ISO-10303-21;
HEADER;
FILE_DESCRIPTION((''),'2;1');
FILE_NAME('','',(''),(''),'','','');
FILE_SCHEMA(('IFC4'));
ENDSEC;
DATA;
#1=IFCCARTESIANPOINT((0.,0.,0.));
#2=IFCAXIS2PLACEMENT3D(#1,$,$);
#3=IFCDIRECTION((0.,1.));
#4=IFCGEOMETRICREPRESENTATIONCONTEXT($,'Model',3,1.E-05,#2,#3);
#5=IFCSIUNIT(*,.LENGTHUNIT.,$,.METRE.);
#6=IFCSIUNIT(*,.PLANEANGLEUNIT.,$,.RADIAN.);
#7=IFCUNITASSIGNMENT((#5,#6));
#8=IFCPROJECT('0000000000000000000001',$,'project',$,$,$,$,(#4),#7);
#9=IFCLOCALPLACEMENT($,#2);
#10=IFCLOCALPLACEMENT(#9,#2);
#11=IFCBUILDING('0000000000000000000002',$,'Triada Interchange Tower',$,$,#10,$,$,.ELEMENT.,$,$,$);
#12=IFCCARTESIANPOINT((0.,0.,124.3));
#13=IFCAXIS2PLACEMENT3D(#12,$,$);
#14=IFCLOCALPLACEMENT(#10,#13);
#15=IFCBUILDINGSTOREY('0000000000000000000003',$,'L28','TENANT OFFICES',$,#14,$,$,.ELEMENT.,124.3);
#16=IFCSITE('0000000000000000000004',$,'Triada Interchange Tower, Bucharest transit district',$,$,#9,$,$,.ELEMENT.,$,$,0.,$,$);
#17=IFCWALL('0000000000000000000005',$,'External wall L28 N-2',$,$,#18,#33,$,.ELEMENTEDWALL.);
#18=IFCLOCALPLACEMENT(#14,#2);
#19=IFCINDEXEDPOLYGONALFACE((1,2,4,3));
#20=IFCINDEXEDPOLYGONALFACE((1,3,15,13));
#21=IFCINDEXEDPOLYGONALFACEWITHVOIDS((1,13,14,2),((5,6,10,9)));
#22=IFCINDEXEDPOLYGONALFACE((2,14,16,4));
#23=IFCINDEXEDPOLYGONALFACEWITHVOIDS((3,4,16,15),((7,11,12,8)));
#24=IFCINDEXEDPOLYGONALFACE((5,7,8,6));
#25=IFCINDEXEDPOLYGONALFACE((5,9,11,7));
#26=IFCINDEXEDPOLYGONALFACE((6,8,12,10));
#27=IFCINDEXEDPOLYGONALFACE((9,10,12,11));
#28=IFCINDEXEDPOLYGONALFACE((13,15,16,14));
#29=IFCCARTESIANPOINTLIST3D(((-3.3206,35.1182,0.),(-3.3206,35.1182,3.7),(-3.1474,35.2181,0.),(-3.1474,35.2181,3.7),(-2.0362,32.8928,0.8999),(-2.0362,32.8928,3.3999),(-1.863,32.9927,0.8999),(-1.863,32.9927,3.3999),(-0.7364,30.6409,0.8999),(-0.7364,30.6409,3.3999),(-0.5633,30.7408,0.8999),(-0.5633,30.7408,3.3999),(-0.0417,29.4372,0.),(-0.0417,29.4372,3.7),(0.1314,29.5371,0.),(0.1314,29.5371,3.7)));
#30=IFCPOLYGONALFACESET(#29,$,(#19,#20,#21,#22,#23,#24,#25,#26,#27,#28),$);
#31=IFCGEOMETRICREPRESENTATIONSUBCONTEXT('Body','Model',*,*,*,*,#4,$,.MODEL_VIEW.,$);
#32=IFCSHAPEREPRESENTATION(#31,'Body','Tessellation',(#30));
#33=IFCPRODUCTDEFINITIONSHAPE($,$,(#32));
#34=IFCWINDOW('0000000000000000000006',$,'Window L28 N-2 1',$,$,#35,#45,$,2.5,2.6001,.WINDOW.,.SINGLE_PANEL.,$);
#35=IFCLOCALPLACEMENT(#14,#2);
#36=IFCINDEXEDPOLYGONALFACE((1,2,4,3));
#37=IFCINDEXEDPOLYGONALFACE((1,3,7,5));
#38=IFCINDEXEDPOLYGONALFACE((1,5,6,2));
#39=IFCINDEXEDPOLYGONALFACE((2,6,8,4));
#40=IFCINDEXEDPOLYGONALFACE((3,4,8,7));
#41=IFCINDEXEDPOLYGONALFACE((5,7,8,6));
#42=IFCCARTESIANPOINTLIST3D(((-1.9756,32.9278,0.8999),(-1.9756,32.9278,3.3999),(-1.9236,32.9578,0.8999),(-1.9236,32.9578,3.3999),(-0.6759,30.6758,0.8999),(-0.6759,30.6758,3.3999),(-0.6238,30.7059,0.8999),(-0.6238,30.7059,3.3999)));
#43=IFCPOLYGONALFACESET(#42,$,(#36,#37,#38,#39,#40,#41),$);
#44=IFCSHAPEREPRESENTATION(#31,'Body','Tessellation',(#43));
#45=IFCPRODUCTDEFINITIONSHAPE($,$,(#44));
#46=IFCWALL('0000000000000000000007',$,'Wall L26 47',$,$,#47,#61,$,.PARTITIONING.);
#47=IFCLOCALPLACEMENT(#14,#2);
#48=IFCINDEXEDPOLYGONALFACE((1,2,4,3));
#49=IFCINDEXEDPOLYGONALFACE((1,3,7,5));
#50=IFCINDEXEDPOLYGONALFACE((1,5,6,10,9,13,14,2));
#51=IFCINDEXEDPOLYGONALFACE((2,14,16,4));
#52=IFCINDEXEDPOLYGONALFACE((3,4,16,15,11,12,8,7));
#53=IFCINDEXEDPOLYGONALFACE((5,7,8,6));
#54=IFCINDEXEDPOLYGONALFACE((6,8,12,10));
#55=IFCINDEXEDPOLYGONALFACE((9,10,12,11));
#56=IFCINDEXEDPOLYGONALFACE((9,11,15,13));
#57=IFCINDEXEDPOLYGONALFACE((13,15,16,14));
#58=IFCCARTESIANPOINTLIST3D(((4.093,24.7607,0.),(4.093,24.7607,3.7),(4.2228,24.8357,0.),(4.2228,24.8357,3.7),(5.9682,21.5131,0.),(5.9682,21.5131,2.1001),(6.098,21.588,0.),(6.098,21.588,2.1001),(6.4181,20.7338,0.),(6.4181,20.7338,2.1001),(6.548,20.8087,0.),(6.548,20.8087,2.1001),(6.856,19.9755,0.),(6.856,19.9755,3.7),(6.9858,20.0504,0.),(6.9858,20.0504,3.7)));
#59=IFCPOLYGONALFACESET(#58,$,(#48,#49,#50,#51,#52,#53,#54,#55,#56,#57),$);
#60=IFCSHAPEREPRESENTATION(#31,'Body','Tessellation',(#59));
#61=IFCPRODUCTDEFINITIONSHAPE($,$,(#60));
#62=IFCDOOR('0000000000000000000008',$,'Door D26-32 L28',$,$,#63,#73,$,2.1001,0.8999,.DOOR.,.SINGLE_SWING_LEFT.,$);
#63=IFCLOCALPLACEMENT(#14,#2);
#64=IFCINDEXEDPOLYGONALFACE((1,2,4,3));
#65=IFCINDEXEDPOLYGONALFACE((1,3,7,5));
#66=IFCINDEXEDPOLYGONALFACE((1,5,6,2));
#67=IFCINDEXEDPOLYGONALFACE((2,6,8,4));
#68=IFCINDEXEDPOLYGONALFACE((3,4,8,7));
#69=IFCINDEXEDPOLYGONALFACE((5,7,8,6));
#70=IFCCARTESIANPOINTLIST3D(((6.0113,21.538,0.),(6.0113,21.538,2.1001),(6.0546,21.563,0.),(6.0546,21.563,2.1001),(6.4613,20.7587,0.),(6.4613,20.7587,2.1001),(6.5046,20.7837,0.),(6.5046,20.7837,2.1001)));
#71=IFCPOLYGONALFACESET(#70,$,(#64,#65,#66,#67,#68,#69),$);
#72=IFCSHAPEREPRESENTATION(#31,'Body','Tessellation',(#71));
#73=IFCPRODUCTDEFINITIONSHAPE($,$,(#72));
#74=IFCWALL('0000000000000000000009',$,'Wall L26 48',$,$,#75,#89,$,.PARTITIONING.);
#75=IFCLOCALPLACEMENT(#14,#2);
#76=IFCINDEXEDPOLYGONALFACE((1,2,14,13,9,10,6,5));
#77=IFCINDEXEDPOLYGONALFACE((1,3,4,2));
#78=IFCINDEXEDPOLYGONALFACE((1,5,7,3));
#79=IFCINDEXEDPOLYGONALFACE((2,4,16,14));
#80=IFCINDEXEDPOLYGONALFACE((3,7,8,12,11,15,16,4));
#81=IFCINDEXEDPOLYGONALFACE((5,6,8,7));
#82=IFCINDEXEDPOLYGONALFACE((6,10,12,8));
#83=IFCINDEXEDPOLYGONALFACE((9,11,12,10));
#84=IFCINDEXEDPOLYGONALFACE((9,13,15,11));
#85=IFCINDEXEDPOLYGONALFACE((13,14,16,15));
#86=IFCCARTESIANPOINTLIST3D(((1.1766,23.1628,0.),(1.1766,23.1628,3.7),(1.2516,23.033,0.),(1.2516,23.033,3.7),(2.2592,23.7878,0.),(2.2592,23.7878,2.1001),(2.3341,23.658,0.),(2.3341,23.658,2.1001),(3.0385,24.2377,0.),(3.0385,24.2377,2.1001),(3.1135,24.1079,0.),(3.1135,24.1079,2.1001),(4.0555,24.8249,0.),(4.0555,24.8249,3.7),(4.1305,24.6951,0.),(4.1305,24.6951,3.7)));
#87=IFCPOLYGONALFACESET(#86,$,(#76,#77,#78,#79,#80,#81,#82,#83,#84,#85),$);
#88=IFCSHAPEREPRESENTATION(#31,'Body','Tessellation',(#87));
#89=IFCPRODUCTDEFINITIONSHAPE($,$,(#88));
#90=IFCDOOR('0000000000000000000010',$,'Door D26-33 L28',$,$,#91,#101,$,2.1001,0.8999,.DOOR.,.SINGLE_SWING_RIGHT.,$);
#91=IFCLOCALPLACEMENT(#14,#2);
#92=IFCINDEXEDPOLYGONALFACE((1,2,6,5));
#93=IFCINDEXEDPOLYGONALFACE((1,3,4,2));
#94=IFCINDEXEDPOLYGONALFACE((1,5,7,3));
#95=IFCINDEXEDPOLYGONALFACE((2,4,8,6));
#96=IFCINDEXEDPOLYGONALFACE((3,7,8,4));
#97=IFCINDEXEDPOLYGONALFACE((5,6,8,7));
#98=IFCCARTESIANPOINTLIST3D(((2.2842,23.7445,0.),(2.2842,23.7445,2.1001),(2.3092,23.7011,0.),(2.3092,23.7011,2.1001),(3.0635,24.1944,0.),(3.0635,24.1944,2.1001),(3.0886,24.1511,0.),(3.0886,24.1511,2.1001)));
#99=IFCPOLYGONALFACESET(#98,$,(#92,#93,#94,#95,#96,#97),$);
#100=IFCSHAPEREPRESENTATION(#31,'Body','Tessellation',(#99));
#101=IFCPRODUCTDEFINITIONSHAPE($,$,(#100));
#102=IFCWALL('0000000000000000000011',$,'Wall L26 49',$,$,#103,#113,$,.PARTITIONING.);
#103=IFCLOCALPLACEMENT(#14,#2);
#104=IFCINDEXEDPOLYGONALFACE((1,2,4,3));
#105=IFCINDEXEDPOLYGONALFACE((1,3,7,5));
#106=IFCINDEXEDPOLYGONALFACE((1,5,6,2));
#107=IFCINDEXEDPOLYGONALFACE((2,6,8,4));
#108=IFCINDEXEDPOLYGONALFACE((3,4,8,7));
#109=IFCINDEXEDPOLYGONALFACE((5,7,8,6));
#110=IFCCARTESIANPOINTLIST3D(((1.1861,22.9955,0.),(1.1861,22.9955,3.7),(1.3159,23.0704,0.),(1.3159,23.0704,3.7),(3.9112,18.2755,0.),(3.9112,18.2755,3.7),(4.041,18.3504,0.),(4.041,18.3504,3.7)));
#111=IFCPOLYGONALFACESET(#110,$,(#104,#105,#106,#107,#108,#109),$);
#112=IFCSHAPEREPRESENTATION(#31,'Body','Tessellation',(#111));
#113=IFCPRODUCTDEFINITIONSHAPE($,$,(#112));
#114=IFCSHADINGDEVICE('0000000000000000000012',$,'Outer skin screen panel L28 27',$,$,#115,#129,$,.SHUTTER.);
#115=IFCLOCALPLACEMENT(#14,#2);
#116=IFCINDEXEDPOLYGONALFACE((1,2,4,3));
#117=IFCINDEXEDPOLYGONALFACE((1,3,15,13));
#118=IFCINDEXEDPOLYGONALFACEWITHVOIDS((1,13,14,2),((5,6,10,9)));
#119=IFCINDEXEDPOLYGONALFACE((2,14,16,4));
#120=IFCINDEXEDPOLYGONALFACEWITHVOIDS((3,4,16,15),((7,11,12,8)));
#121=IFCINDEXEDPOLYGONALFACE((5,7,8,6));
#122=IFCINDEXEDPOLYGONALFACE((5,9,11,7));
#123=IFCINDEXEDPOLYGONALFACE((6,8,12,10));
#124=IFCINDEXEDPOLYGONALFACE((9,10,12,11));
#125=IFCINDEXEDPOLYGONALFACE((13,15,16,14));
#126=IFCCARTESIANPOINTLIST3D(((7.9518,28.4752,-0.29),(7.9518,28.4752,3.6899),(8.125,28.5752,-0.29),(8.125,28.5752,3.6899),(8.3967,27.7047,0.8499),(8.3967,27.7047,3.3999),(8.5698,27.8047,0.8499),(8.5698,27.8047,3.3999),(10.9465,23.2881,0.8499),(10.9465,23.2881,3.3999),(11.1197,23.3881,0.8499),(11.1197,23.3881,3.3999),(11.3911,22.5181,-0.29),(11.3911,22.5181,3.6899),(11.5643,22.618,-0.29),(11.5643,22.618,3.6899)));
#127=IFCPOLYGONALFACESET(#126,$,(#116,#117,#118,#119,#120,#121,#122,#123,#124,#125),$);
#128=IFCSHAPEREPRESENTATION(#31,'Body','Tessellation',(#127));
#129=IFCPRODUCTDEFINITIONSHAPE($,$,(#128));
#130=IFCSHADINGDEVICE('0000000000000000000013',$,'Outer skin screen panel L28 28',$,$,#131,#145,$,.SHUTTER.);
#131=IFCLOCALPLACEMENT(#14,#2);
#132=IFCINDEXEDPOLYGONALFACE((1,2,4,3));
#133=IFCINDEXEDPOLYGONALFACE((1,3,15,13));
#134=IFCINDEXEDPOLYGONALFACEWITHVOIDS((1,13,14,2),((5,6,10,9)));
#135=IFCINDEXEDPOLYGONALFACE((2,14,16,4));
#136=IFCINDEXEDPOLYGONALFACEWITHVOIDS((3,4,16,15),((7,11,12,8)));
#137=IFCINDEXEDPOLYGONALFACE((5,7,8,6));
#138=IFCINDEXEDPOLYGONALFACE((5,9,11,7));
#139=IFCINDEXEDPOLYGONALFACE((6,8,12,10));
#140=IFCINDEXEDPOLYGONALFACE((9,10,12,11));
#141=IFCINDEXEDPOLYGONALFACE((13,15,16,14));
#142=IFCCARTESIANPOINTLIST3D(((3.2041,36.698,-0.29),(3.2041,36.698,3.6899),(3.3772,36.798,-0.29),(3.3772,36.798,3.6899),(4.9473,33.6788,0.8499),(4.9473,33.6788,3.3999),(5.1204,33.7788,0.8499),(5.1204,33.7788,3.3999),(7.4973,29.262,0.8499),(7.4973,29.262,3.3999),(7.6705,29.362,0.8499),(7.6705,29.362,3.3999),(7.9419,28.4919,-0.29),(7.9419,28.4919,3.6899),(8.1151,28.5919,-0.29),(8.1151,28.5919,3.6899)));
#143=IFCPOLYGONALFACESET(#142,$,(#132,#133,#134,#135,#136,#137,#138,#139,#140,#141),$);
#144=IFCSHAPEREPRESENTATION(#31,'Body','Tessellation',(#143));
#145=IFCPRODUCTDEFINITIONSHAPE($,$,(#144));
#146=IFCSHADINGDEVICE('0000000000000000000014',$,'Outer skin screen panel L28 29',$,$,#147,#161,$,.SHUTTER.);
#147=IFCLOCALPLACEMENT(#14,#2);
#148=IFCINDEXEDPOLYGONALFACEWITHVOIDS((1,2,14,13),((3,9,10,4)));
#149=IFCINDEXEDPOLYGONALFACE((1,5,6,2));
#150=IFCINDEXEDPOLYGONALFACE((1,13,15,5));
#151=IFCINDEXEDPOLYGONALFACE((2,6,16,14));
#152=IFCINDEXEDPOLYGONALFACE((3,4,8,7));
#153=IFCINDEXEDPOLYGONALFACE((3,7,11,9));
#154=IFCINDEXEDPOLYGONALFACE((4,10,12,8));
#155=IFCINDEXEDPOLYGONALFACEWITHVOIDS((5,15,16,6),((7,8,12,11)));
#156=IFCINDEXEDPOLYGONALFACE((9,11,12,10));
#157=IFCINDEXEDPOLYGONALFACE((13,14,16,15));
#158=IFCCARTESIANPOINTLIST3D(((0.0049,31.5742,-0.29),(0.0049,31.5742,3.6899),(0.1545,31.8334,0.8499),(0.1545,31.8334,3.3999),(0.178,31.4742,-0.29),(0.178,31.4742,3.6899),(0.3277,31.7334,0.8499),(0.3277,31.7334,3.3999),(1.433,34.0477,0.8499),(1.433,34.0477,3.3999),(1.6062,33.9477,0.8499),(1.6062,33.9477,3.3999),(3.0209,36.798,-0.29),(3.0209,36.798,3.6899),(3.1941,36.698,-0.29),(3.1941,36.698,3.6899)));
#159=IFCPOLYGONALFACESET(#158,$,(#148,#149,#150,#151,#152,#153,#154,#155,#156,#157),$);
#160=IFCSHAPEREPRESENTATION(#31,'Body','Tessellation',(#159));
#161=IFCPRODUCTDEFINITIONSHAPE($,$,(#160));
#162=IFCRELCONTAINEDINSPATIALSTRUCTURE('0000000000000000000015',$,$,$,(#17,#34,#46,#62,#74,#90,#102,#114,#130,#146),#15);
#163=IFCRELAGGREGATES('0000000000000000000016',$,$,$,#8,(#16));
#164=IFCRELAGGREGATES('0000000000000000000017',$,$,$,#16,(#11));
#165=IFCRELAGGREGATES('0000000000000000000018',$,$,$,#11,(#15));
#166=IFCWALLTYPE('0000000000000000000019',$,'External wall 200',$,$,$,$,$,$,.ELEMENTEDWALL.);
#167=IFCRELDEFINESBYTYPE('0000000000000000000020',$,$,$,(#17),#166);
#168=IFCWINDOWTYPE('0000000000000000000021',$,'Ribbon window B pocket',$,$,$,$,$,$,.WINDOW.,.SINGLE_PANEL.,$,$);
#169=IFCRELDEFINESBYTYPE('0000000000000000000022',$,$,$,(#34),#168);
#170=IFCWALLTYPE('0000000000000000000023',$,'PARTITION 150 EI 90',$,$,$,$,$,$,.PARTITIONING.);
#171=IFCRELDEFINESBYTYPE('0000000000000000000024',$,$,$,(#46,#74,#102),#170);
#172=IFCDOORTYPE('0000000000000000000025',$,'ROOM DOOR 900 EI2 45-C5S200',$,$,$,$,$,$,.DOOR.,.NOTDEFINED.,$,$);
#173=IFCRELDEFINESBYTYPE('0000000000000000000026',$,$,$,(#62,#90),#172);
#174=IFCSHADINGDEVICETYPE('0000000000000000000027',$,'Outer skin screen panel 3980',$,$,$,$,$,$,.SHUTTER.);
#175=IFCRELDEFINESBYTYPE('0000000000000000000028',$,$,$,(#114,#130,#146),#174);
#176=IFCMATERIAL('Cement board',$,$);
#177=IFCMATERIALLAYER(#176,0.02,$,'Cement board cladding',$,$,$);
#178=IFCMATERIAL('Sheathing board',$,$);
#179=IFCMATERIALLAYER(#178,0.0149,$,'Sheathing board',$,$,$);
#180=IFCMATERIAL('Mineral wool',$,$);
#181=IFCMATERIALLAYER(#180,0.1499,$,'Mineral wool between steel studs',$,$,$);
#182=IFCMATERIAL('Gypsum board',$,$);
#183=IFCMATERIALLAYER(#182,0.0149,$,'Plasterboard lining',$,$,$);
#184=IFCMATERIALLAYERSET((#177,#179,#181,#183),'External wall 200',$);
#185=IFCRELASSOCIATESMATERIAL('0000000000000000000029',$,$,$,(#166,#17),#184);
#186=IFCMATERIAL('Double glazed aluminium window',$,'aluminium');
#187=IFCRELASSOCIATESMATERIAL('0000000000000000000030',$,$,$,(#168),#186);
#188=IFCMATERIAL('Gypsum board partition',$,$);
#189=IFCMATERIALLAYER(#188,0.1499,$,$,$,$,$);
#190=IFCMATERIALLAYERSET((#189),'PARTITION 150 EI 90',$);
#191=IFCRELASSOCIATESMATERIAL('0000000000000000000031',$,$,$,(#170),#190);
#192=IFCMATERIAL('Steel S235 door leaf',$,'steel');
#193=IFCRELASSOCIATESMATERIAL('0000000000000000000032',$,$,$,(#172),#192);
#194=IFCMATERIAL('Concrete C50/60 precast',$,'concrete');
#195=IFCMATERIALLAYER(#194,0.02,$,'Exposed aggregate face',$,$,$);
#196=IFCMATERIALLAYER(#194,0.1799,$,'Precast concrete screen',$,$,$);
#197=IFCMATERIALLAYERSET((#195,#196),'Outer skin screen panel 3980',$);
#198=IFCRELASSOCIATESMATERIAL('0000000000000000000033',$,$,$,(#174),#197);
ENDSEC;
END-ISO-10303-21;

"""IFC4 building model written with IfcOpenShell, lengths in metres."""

from ifc_helpers import new_model, si_unit, direction, frame, frame_2d, origin, place, context, subcontext, project, spatial, polyline, rectangle, outline, extrude, material, layer, layer_set, layer_usage, type_object, element, fill, save


model = new_model("IFC4")

# Units and contexts
model_context = context("Model", 3, precision=1e-05, world=origin(), true_north=direction((0.0, 1.0)))
body_context = subcontext(model_context, "Body", "Model", "MODEL_VIEW")
ifc_project = project(units=[si_unit("LENGTHUNIT", "METRE"), si_unit("PLANEANGLEUNIT", "RADIAN")], contexts=[model_context])

# Site, building, storey
site_placement = place(None, origin())
site = spatial("IfcSite", under=ifc_project, at=site_placement, Name="Triada Interchange Tower, Bucharest transit district", CompositionType="ELEMENT", RefElevation=0.0)
building_placement = place(site_placement, origin())
building = spatial("IfcBuilding", under=site, at=building_placement, Name="Triada Interchange Tower", CompositionType="ELEMENT")
storey_placement = place(building_placement, frame((0.0, 0.0, 124.3)))
storey = spatial("IfcBuildingStorey", under=building, at=storey_placement, Name="L28", Description="TENANT OFFICES", CompositionType="ELEMENT", Elevation=124.3)

# Wall, opening, window
ifc_material_1 = material(Name="Cement board")
ifc_layer_1 = layer(ifc_material_1, 0.02, Name="Cement board cladding")
ifc_material_2 = material(Name="Sheathing board")
ifc_layer_2 = layer(ifc_material_2, 0.0149, Name="Sheathing board")
ifc_material_3 = material(Name="Mineral wool")
ifc_layer_3 = layer(ifc_material_3, 0.1499, Name="Mineral wool between steel studs")
ifc_material_4 = material(Name="Gypsum board")
ifc_layer_4 = layer(ifc_material_4, 0.0149, Name="Plasterboard lining")
ifc_layer_set_1 = layer_set([ifc_layer_1, ifc_layer_2, ifc_layer_3, ifc_layer_4], Name="External wall 200")
ifc_layer_usage = layer_usage(ifc_layer_set_1, "AXIS2", "POSITIVE", -0.1001)
wall_type_1 = type_object("IfcWallType", Name="External wall 200", PredefinedType="ELEMENTEDWALL", material=ifc_layer_set_1)
ifc_material_5 = material(Name="Double glazed aluminium window", Category="aluminium")
window_type = type_object("IfcWindowType", Name="Ribbon window B pocket", PartitioningType="SINGLE_PANEL", PredefinedType="WINDOW", material=ifc_material_5)
wall_1_placement = place(storey_placement, frame((0.0449, 29.4871, 0.0), z_axis=(0.0, 0.0, 1.0), x_axis=(-0.499878, 0.866096, 0.0)))
wall_1 = element("IfcWall", 1, at=wall_1_placement, inside=storey, type_object=wall_type_1, material=ifc_layer_usage, Name="External wall L28 N-2", PredefinedType="ELEMENTEDWALL", context=body_context, shape_type="SweptSolid", body=[
    extrude(rectangle(XDim=6.5593, YDim=0.2, at=frame_2d((3.2798, 0.0))), origin(), (0.0, 0.0, 1.0), 3.7),
])
opening_1_placement = place(wall_1_placement, frame((1.3899, 0.0, 0.8999)))
opening_1 = element("IfcOpeningElement", 2, at=opening_1_placement, cuts=wall_1, PredefinedType="OPENING", context=body_context, shape_type="SweptSolid", body=[
    extrude(rectangle(XDim=2.6001, YDim=2.5, at=frame_2d((1.3, 1.25))), frame((0.0, 0.1099, 0.0), z_axis=(0.0, -1.0, 0.0), x_axis=(1.0, 0.0, 0.0)), (0.0, 0.0, 1.0), 0.22),
])
window_1_placement = place(opening_1_placement, origin())
window_1 = element("IfcWindow", 3, at=window_1_placement, inside=storey, type_object=window_type, Name="Window L28 N-2 1", OverallHeight=2.5, OverallWidth=2.6001, PartitioningType="SINGLE_PANEL", PredefinedType="WINDOW", context=body_context, shape_type="SweptSolid", body=[
    extrude(rectangle(XDim=2.6001, YDim=2.5, at=frame_2d((1.3, 1.25))), frame((0.0, 0.03, 0.0), z_axis=(0.0, -1.0, 0.0), x_axis=(1.0, 0.0, 0.0)), (0.0, 0.0, 1.0), 0.0601),
])
fill(opening_1, window_1)

# Walls, openings, doors
ifc_material_6 = material(Name="Gypsum board partition")
ifc_layer_5 = layer(ifc_material_6, 0.1499)
ifc_layer_set_2 = layer_set([ifc_layer_5], Name="PARTITION 150 EI 90")
wall_type_2 = type_object("IfcWallType", Name="PARTITION 150 EI 90", PredefinedType="PARTITIONING", material=ifc_layer_set_2)
wall_2_placement = place(storey_placement, frame((4.158, 24.7981, 0.0), z_axis=(0.0, 0.0, 1.0), x_axis=(0.500031, -0.866008, 0.0)))
wall_2 = element("IfcWall", 4, at=wall_2_placement, inside=storey, type_object=wall_type_2, Name="Wall L26 47", PredefinedType="PARTITIONING", context=body_context, shape_type="SweptSolid", body=[
    extrude(rectangle(XDim=5.5256, YDim=0.1499, at=frame_2d((2.7627, 0.0))), origin(), (0.0, 0.0, 1.0), 3.7),
])
opening_2_placement = place(wall_2_placement, frame((3.75, 0.0, 0.0)))
opening_2 = element("IfcOpeningElement", 5, at=opening_2_placement, cuts=wall_2, PredefinedType="OPENING", context=body_context, shape_type="SweptSolid", body=[
    extrude(rectangle(XDim=0.8999, YDim=2.1001, at=frame_2d((0.45, 1.05))), frame((0.0, 0.085, 0.0), z_axis=(0.0, -1.0, 0.0), x_axis=(1.0, 0.0, 0.0)), (0.0, 0.0, 1.0), 0.1699),
])
ifc_material_7 = material(Name="Steel S235 door leaf", Category="steel")
door_type = type_object("IfcDoorType", Name="ROOM DOOR 900 EI2 45-C5S200", OperationType="NOTDEFINED", PredefinedType="DOOR", material=ifc_material_7)
door_1_placement = place(opening_2_placement, origin())
door_1 = element("IfcDoor", 6, at=door_1_placement, inside=storey, type_object=door_type, Name="Door D26-32 L28", OperationType="SINGLE_SWING_LEFT", OverallHeight=2.1001, OverallWidth=0.8999, PredefinedType="DOOR", context=body_context, shape_type="SweptSolid", body=[
    extrude(rectangle(XDim=0.8999, YDim=2.1001, at=frame_2d((0.45, 1.05))), frame((0.0, 0.0249, 0.0), z_axis=(0.0, -1.0, 0.0), x_axis=(1.0, 0.0, 0.0)), (0.0, 0.0, 1.0), 0.05),
])
fill(opening_2, door_1)
wall_3_placement = place(storey_placement, frame((1.2141, 23.0979, 0.0), z_axis=(0.0, 0.0, 1.0), x_axis=(0.866029, 0.499994, 0.0)))
wall_3 = element("IfcWall", 7, at=wall_3_placement, inside=storey, type_object=wall_type_2, Name="Wall L26 48", PredefinedType="PARTITIONING", context=body_context, shape_type="SweptSolid", body=[
    extrude(rectangle(XDim=3.3242, YDim=0.1499, at=frame_2d((1.6621, 0.0))), origin(), (0.0, 0.0, 1.0), 3.7),
])
opening_3_placement = place(wall_3_placement, frame((1.25, 0.0, 0.0)))
opening_3 = element("IfcOpeningElement", 8, at=opening_3_placement, cuts=wall_3, PredefinedType="OPENING", context=body_context, shape_type="SweptSolid", body=[
    extrude(rectangle(XDim=0.8999, YDim=2.1001, at=frame_2d((0.45, 1.05))), frame((0.0, 0.085, 0.0), z_axis=(0.0, -1.0, 0.0), x_axis=(1.0, 0.0, 0.0)), (0.0, 0.0, 1.0), 0.1699),
])
door_2_placement = place(opening_3_placement, origin())
door_2 = element("IfcDoor", 9, at=door_2_placement, inside=storey, type_object=door_type, Name="Door D26-33 L28", OperationType="SINGLE_SWING_RIGHT", OverallHeight=2.1001, OverallWidth=0.8999, PredefinedType="DOOR", context=body_context, shape_type="SweptSolid", body=[
    extrude(rectangle(XDim=0.8999, YDim=2.1001, at=frame_2d((0.45, 1.05))), frame((0.0, 0.0249, 0.0), z_axis=(0.0, -1.0, 0.0), x_axis=(1.0, 0.0, 0.0)), (0.0, 0.0, 1.0), 0.05),
])
fill(opening_3, door_2)

# Wall
wall_4_placement = place(storey_placement, frame((1.251, 23.033, 0.0), z_axis=(0.0, 0.0, 1.0), x_axis=(0.500003, -0.866024, 0.0)))
element("IfcWall", 10, at=wall_4_placement, inside=storey, type_object=wall_type_2, Name="Wall L26 49", PredefinedType="PARTITIONING", context=body_context, shape_type="SweptSolid", body=[
    extrude(rectangle(XDim=5.4502, YDim=0.1499, at=frame_2d((2.7251, 0.0))), origin(), (0.0, 0.0, 1.0), 3.7),
])

# Shading devices
ifc_material_8 = material(Name="Concrete C50/60 precast", Category="concrete")
ifc_layer_6 = layer(ifc_material_8, 0.02, Name="Exposed aggregate face")
ifc_layer_7 = layer(ifc_material_8, 0.1799, Name="Precast concrete screen")
ifc_layer_set_3 = layer_set([ifc_layer_6, ifc_layer_7], Name="Outer skin screen panel 3980")
shading_device_type = type_object("IfcShadingDeviceType", Name="Outer skin screen panel 3980", PredefinedType="SHUTTER", material=ifc_layer_set_3)
shading_device_1_placement = place(storey_placement, frame((11.3911, 22.5181, -0.29), z_axis=(0.0, 0.0, 1.0), x_axis=(-0.499991, 0.866031, 0.0)))
element("IfcShadingDevice", 11, at=shading_device_1_placement, inside=storey, type_object=shading_device_type, Name="Outer skin screen panel L28 27", PredefinedType="SHUTTER", context=body_context, shape_type="SweptSolid", body=[
    extrude(outline(polyline([(0.0, 0.0), (6.8787, 0.0), (6.8787, 3.98), (0.0, 3.98), (0.0, 0.0)]), holes=[polyline([(0.8892, 1.1399), (0.8892, 3.6899), (5.989, 3.6899), (5.989, 1.1399), (0.8892, 1.1399)])]), frame((0.0, 0.0, 0.0), z_axis=(0.0, -1.0, 0.0), x_axis=(1.0, 0.0, 0.0)), (0.0, 0.0, 1.0), 0.2),
])
shading_device_2_placement = place(storey_placement, frame((7.9419, 28.4919, -0.29), z_axis=(0.0, 0.0, 1.0), x_axis=(-0.500002, 0.866024, 0.0)))
element("IfcShadingDevice", 12, at=shading_device_2_placement, inside=storey, type_object=shading_device_type, Name="Outer skin screen panel L28 28", PredefinedType="SHUTTER", context=body_context, shape_type="SweptSolid", body=[
    extrude(outline(polyline([(0.0, 0.0), (9.4756, 0.0), (9.4756, 3.98), (0.0, 3.98), (0.0, 0.0)]), holes=[polyline([(0.8892, 1.1399), (0.8892, 3.6899), (5.9893, 3.6899), (5.9893, 1.1399), (0.8892, 1.1399)])]), frame((0.0, 0.0, 0.0), z_axis=(0.0, -1.0, 0.0), x_axis=(1.0, 0.0, 0.0)), (0.0, 0.0, 1.0), 0.2),
])
shading_device_3_placement = place(storey_placement, frame((3.1941, 36.698, -0.29), z_axis=(0.0, 0.0, 1.0), x_axis=(-0.500013, -0.866018, 0.0)))
element("IfcShadingDevice", 13, at=shading_device_3_placement, inside=storey, type_object=shading_device_type, Name="Outer skin screen panel L28 29", PredefinedType="SHUTTER", context=body_context, shape_type="SweptSolid", body=[
    extrude(outline(polyline([(0.0, 0.0), (6.032, 0.0), (6.032, 3.98), (0.0, 3.98), (0.0, 0.0)]), holes=[polyline([(3.1758, 1.1399), (3.1758, 3.6899), (5.7327, 3.6899), (5.7327, 1.1399), (3.1758, 1.1399)])]), frame((0.0, 0.0, 0.0), z_axis=(0.0, -1.0, 0.0), x_axis=(1.0, 0.0, 0.0)), (0.0, 0.0, 1.0), 0.2),
])

save(model, "model.ifc")
